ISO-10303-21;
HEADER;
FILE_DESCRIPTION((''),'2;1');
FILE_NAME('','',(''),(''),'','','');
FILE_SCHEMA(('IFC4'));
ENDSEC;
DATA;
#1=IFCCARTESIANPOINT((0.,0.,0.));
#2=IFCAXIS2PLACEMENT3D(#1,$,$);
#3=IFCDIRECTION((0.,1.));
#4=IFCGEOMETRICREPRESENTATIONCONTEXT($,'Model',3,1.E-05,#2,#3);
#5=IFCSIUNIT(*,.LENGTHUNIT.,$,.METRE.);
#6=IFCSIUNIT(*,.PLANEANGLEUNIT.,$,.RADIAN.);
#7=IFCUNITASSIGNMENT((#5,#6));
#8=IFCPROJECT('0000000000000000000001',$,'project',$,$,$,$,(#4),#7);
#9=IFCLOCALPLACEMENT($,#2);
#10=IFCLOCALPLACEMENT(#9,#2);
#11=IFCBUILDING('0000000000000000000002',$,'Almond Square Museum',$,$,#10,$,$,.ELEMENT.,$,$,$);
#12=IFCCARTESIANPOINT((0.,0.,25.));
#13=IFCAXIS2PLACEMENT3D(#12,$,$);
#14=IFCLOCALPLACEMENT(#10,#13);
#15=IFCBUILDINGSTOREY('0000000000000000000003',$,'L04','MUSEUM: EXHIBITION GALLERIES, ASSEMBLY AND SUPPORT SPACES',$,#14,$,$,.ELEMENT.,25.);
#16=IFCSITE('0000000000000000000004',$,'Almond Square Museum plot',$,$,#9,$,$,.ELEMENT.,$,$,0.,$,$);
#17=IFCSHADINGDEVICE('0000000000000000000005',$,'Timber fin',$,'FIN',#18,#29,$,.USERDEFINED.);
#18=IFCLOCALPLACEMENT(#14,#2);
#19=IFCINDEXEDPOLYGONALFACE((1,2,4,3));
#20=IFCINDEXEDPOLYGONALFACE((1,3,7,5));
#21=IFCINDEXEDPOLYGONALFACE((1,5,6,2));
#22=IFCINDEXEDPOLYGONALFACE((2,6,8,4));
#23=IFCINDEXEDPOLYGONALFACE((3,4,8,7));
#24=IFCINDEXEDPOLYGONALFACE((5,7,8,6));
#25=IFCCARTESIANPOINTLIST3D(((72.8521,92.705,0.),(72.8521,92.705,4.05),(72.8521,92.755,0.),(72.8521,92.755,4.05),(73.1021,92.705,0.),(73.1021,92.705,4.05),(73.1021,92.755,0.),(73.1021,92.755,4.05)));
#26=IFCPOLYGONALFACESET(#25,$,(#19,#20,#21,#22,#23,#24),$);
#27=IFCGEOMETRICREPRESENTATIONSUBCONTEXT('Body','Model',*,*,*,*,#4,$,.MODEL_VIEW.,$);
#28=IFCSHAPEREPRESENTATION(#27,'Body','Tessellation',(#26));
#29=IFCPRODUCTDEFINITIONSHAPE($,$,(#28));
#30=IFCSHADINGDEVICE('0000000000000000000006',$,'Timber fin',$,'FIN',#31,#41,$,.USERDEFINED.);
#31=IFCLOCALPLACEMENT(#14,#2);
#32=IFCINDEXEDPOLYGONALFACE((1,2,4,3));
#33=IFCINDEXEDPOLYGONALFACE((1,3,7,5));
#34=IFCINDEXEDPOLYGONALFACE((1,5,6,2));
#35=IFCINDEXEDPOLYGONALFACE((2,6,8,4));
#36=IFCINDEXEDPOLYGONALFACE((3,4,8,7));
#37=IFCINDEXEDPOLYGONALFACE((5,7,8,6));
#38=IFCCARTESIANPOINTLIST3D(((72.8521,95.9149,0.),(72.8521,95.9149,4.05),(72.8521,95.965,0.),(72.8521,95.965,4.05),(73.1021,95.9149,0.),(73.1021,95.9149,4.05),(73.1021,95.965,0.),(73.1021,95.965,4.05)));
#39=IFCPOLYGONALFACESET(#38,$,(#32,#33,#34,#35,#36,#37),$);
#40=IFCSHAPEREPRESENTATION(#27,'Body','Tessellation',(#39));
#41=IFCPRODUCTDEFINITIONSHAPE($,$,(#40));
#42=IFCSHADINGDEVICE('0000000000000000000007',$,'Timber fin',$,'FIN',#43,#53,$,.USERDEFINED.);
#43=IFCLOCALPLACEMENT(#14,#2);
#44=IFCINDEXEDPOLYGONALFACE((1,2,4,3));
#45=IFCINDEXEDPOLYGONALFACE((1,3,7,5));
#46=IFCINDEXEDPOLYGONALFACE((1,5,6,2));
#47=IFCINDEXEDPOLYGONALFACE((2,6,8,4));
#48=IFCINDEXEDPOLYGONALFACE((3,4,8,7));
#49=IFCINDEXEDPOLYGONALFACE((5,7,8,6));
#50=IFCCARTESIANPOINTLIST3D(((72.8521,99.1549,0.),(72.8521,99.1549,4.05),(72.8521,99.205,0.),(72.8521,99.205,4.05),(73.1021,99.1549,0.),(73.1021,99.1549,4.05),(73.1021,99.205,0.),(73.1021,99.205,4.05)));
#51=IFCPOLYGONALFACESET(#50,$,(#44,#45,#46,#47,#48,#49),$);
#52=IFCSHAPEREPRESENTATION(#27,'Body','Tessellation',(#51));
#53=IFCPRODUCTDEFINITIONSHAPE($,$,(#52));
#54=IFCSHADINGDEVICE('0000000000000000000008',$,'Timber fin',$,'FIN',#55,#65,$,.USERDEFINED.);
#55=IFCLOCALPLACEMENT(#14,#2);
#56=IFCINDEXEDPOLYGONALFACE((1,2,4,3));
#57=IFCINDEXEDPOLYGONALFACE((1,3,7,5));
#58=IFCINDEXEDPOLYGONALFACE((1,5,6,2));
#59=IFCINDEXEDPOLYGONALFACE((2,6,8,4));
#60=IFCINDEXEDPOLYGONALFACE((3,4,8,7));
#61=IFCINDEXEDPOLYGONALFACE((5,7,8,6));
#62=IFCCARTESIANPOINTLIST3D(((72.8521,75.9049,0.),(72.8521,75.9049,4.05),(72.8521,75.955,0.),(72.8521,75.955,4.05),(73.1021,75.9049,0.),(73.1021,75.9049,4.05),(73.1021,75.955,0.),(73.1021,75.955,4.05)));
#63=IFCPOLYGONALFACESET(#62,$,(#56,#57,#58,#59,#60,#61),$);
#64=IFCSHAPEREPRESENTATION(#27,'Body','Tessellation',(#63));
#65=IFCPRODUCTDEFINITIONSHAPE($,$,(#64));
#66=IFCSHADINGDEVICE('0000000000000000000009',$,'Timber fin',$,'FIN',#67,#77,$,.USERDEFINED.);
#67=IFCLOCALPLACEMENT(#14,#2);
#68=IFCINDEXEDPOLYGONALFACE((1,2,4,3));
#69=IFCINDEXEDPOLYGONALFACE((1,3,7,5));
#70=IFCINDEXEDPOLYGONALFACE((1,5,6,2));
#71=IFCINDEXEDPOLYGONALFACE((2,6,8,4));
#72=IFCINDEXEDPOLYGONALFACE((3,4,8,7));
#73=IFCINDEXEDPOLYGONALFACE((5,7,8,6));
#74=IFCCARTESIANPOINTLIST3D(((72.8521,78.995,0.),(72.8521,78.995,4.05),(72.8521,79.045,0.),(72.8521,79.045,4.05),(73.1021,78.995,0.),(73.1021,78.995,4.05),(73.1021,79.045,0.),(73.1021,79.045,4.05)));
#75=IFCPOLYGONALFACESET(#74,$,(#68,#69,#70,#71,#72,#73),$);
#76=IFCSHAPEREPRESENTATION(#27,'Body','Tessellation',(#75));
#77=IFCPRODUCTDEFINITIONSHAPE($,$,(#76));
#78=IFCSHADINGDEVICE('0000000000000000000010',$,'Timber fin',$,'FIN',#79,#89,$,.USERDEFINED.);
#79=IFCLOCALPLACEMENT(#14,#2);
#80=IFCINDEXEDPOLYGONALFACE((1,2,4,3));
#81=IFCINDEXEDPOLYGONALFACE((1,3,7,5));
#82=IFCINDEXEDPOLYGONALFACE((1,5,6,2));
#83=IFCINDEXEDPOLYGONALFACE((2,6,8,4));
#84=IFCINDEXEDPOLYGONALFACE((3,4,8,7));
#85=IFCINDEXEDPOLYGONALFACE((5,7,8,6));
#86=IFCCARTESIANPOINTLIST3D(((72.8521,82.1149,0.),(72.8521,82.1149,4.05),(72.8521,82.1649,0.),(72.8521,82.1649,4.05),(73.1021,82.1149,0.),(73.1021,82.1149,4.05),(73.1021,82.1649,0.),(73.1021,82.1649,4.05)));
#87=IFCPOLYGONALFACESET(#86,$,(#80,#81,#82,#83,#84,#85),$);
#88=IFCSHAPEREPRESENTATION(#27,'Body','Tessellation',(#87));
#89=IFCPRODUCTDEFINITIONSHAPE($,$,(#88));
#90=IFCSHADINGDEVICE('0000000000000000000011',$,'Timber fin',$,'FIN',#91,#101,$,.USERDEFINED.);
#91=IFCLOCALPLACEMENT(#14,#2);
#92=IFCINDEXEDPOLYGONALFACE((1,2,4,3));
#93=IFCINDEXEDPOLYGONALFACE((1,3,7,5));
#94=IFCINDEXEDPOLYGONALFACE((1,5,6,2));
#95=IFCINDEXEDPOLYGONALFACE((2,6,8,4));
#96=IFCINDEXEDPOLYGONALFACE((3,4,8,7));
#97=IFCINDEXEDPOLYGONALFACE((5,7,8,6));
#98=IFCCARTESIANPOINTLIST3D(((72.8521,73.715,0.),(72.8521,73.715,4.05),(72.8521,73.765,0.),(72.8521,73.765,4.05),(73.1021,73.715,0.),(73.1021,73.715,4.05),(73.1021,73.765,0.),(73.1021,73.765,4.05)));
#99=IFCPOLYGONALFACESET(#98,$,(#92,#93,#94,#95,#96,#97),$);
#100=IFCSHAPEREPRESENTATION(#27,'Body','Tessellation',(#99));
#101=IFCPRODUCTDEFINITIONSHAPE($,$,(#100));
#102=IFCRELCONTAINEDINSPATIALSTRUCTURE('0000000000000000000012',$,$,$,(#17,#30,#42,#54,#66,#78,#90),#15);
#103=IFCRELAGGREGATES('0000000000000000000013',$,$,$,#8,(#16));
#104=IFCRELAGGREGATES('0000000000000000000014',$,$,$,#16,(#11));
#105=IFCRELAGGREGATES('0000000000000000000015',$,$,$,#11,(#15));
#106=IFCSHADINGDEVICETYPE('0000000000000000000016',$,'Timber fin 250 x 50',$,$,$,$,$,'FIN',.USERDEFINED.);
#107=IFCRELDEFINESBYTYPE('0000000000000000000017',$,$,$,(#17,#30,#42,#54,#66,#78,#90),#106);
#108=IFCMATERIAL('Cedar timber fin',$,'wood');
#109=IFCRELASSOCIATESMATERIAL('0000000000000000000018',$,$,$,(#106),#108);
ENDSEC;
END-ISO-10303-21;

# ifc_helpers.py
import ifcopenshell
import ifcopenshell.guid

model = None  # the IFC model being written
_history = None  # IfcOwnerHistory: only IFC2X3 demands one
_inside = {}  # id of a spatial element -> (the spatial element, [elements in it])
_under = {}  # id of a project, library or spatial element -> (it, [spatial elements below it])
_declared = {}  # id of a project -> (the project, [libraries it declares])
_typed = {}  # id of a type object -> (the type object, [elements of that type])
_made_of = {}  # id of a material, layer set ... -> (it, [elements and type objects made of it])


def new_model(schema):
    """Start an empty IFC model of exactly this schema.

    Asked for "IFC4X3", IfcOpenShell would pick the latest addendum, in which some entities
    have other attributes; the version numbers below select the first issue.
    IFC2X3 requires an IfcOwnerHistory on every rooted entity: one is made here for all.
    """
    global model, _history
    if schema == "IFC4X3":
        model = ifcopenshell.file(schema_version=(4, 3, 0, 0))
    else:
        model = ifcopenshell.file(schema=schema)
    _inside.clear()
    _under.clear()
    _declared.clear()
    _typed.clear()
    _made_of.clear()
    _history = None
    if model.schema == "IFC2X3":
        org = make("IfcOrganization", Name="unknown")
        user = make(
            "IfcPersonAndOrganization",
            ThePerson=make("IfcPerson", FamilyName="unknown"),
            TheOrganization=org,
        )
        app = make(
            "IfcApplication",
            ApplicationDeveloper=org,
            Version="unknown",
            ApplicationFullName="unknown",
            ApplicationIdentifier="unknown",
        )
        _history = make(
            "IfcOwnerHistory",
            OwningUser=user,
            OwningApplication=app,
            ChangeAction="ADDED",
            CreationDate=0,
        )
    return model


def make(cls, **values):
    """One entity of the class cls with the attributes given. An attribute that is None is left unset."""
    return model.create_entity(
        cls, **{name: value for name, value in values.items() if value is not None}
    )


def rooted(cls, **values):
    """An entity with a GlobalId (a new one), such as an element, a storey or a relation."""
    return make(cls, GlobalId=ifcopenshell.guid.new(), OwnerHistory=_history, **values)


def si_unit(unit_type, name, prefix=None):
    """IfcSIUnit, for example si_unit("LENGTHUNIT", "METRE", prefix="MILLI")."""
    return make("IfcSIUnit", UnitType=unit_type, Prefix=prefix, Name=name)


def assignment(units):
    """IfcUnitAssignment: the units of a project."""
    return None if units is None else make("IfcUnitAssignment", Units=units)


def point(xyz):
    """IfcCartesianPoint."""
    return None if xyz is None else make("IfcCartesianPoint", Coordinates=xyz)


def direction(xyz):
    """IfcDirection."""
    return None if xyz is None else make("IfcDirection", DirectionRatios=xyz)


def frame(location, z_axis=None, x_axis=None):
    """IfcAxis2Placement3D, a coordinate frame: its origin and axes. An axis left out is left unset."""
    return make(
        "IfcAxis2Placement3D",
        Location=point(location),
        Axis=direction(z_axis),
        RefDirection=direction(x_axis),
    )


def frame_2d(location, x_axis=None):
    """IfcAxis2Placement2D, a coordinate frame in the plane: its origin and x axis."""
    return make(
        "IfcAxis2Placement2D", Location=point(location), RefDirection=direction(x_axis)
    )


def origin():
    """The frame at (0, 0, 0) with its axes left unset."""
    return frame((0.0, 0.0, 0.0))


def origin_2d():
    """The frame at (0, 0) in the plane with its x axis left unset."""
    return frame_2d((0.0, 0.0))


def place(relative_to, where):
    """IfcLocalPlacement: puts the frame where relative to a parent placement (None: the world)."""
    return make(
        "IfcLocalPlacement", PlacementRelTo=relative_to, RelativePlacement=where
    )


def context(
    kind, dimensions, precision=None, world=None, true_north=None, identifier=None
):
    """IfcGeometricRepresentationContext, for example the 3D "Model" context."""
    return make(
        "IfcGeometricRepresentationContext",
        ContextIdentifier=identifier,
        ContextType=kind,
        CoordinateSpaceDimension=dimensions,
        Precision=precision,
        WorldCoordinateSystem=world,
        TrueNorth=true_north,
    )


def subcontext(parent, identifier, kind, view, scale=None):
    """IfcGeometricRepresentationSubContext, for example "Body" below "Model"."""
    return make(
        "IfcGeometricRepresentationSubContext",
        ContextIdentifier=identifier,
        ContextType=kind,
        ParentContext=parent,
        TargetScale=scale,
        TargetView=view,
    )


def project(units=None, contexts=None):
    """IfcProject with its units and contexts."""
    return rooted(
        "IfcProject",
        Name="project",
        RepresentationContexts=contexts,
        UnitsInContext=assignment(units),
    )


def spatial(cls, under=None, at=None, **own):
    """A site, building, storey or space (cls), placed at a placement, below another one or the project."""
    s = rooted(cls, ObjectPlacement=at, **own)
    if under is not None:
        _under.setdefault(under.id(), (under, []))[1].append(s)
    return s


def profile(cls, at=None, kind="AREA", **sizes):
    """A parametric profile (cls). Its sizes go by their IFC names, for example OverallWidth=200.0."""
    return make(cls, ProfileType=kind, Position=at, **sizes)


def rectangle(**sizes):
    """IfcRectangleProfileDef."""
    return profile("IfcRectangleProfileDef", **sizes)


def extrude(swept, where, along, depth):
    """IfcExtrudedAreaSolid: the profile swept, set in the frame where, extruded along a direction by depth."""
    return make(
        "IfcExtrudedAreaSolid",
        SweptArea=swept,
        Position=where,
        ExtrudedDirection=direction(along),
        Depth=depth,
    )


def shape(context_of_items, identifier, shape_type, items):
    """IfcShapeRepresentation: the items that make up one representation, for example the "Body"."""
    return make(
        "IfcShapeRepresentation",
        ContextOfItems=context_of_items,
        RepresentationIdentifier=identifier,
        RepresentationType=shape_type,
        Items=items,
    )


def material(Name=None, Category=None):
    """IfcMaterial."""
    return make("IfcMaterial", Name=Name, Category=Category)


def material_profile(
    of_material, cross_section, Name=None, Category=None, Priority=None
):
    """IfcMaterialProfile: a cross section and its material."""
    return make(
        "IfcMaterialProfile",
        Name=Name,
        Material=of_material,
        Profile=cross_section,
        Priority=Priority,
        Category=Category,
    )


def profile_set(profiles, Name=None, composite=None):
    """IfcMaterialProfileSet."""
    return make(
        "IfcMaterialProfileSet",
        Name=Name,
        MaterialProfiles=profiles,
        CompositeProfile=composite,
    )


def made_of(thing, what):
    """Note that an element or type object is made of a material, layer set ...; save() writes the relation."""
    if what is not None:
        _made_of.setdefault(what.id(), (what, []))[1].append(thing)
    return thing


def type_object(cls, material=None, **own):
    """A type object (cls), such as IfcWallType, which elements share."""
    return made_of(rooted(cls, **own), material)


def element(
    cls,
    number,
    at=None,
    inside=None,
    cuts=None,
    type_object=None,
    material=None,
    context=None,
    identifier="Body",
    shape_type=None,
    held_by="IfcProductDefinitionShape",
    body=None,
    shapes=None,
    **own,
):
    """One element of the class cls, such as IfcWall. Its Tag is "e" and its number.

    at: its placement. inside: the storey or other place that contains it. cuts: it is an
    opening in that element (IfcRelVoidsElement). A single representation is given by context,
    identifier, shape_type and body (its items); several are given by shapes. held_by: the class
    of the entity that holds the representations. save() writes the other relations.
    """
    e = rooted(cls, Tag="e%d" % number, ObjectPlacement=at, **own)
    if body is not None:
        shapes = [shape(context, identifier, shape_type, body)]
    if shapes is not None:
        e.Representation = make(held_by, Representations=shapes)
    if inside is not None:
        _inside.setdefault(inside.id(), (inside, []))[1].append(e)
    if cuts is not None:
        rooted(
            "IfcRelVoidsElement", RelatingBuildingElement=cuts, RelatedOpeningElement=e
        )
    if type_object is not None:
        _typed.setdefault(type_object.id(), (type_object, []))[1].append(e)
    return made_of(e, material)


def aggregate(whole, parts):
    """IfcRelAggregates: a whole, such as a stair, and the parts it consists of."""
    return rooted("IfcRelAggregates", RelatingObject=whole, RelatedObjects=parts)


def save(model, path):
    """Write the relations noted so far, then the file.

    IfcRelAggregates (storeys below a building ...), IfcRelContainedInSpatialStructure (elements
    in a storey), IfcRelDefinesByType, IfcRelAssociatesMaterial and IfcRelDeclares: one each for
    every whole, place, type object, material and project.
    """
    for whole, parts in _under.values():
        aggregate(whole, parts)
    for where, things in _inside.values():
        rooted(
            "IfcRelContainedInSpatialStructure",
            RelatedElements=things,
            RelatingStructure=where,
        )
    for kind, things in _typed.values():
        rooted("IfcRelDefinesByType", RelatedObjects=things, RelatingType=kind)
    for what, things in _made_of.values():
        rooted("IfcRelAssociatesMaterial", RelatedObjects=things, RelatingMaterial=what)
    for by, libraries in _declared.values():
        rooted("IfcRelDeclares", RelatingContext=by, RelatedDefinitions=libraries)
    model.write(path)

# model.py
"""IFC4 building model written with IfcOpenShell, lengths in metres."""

from ifc_helpers import new_model, si_unit, direction, frame, origin, origin_2d, place, context, subcontext, project, spatial, rectangle, extrude, material, material_profile, profile_set, type_object, element, save


model = new_model("IFC4")

# Units and contexts
model_context = context("Model", 3, precision=1e-05, world=origin(), true_north=direction((0.0, 1.0)))
body_context = subcontext(model_context, "Body", "Model", "MODEL_VIEW")
ifc_project = project(units=[si_unit("LENGTHUNIT", "METRE"), si_unit("PLANEANGLEUNIT", "RADIAN")], contexts=[model_context])

# Site, building, storey
site_placement = place(None, origin())
site = spatial("IfcSite", under=ifc_project, at=site_placement, Name="Almond Square Museum plot", CompositionType="ELEMENT", RefElevation=0.0)
building_placement = place(site_placement, origin())
building = spatial("IfcBuilding", under=site, at=building_placement, Name="Almond Square Museum", CompositionType="ELEMENT")
storey_placement = place(building_placement, frame((0.0, 0.0, 25.0)))
storey = spatial("IfcBuildingStorey", under=building, at=storey_placement, Name="L04", Description="MUSEUM: EXHIBITION GALLERIES, ASSEMBLY AND SUPPORT SPACES", CompositionType="ELEMENT", Elevation=25.0)

# Shading devices
ifc_material_1 = material(Name="Cedar timber fin", Category="wood")
ifc_material_profile_1 = material_profile(ifc_material_1, rectangle(XDim=0.25, YDim=0.05, at=origin_2d()))
ifc_profile_set_1 = profile_set([ifc_material_profile_1], Name="Cedar timber fin")
shading_device_type = type_object("IfcShadingDeviceType", Name="Timber fin 250 x 50", ElementType="FIN", PredefinedType="USERDEFINED", material=ifc_profile_set_1)
for number, where, z_axis, x_axis, name in (
    (1, (72.9771, 92.73, 0.0), (0.0, 0.0, 1.0), (-1.0, 0.0, 0.0), "Timber fin"),
    (2, (72.9771, 95.9399, 0.0), (0.0, 0.0, 1.0), (-1.0, 0.0, 0.0), "Timber fin"),
    (3, (72.9771, 99.1799, 0.0), (0.0, 0.0, 1.0), (-1.0, 0.0, 0.0), "Timber fin"),
    (4, (72.9771, 75.9299, 0.0), (0.0, 0.0, 1.0), (-1.0, 0.0, 0.0), "Timber fin"),
    (5, (72.9771, 79.02, 0.0), (0.0, 0.0, 1.0), (-1.0, 0.0, 0.0), "Timber fin"),
    (6, (72.9771, 82.1399, 0.0), (0.0, 0.0, 1.0), (-1.0, 0.0, 0.0), "Timber fin"),
    (7, (72.9771, 73.74, 0.0), (0.0, 0.0, 1.0), (-1.0, 0.0, 0.0), "Timber fin"),
):
    element("IfcShadingDevice", number, at=place(storey_placement, frame(where, z_axis=z_axis, x_axis=x_axis)), inside=storey, type_object=shading_device_type, Name=name, ObjectType="FIN", PredefinedType="USERDEFINED", context=body_context, shape_type="SweptSolid", body=[
        extrude(rectangle(XDim=0.25, YDim=0.05, at=origin_2d()), origin(), (0.0, 0.0, 1.0), 4.05),
    ])

save(model, "model.ifc")
